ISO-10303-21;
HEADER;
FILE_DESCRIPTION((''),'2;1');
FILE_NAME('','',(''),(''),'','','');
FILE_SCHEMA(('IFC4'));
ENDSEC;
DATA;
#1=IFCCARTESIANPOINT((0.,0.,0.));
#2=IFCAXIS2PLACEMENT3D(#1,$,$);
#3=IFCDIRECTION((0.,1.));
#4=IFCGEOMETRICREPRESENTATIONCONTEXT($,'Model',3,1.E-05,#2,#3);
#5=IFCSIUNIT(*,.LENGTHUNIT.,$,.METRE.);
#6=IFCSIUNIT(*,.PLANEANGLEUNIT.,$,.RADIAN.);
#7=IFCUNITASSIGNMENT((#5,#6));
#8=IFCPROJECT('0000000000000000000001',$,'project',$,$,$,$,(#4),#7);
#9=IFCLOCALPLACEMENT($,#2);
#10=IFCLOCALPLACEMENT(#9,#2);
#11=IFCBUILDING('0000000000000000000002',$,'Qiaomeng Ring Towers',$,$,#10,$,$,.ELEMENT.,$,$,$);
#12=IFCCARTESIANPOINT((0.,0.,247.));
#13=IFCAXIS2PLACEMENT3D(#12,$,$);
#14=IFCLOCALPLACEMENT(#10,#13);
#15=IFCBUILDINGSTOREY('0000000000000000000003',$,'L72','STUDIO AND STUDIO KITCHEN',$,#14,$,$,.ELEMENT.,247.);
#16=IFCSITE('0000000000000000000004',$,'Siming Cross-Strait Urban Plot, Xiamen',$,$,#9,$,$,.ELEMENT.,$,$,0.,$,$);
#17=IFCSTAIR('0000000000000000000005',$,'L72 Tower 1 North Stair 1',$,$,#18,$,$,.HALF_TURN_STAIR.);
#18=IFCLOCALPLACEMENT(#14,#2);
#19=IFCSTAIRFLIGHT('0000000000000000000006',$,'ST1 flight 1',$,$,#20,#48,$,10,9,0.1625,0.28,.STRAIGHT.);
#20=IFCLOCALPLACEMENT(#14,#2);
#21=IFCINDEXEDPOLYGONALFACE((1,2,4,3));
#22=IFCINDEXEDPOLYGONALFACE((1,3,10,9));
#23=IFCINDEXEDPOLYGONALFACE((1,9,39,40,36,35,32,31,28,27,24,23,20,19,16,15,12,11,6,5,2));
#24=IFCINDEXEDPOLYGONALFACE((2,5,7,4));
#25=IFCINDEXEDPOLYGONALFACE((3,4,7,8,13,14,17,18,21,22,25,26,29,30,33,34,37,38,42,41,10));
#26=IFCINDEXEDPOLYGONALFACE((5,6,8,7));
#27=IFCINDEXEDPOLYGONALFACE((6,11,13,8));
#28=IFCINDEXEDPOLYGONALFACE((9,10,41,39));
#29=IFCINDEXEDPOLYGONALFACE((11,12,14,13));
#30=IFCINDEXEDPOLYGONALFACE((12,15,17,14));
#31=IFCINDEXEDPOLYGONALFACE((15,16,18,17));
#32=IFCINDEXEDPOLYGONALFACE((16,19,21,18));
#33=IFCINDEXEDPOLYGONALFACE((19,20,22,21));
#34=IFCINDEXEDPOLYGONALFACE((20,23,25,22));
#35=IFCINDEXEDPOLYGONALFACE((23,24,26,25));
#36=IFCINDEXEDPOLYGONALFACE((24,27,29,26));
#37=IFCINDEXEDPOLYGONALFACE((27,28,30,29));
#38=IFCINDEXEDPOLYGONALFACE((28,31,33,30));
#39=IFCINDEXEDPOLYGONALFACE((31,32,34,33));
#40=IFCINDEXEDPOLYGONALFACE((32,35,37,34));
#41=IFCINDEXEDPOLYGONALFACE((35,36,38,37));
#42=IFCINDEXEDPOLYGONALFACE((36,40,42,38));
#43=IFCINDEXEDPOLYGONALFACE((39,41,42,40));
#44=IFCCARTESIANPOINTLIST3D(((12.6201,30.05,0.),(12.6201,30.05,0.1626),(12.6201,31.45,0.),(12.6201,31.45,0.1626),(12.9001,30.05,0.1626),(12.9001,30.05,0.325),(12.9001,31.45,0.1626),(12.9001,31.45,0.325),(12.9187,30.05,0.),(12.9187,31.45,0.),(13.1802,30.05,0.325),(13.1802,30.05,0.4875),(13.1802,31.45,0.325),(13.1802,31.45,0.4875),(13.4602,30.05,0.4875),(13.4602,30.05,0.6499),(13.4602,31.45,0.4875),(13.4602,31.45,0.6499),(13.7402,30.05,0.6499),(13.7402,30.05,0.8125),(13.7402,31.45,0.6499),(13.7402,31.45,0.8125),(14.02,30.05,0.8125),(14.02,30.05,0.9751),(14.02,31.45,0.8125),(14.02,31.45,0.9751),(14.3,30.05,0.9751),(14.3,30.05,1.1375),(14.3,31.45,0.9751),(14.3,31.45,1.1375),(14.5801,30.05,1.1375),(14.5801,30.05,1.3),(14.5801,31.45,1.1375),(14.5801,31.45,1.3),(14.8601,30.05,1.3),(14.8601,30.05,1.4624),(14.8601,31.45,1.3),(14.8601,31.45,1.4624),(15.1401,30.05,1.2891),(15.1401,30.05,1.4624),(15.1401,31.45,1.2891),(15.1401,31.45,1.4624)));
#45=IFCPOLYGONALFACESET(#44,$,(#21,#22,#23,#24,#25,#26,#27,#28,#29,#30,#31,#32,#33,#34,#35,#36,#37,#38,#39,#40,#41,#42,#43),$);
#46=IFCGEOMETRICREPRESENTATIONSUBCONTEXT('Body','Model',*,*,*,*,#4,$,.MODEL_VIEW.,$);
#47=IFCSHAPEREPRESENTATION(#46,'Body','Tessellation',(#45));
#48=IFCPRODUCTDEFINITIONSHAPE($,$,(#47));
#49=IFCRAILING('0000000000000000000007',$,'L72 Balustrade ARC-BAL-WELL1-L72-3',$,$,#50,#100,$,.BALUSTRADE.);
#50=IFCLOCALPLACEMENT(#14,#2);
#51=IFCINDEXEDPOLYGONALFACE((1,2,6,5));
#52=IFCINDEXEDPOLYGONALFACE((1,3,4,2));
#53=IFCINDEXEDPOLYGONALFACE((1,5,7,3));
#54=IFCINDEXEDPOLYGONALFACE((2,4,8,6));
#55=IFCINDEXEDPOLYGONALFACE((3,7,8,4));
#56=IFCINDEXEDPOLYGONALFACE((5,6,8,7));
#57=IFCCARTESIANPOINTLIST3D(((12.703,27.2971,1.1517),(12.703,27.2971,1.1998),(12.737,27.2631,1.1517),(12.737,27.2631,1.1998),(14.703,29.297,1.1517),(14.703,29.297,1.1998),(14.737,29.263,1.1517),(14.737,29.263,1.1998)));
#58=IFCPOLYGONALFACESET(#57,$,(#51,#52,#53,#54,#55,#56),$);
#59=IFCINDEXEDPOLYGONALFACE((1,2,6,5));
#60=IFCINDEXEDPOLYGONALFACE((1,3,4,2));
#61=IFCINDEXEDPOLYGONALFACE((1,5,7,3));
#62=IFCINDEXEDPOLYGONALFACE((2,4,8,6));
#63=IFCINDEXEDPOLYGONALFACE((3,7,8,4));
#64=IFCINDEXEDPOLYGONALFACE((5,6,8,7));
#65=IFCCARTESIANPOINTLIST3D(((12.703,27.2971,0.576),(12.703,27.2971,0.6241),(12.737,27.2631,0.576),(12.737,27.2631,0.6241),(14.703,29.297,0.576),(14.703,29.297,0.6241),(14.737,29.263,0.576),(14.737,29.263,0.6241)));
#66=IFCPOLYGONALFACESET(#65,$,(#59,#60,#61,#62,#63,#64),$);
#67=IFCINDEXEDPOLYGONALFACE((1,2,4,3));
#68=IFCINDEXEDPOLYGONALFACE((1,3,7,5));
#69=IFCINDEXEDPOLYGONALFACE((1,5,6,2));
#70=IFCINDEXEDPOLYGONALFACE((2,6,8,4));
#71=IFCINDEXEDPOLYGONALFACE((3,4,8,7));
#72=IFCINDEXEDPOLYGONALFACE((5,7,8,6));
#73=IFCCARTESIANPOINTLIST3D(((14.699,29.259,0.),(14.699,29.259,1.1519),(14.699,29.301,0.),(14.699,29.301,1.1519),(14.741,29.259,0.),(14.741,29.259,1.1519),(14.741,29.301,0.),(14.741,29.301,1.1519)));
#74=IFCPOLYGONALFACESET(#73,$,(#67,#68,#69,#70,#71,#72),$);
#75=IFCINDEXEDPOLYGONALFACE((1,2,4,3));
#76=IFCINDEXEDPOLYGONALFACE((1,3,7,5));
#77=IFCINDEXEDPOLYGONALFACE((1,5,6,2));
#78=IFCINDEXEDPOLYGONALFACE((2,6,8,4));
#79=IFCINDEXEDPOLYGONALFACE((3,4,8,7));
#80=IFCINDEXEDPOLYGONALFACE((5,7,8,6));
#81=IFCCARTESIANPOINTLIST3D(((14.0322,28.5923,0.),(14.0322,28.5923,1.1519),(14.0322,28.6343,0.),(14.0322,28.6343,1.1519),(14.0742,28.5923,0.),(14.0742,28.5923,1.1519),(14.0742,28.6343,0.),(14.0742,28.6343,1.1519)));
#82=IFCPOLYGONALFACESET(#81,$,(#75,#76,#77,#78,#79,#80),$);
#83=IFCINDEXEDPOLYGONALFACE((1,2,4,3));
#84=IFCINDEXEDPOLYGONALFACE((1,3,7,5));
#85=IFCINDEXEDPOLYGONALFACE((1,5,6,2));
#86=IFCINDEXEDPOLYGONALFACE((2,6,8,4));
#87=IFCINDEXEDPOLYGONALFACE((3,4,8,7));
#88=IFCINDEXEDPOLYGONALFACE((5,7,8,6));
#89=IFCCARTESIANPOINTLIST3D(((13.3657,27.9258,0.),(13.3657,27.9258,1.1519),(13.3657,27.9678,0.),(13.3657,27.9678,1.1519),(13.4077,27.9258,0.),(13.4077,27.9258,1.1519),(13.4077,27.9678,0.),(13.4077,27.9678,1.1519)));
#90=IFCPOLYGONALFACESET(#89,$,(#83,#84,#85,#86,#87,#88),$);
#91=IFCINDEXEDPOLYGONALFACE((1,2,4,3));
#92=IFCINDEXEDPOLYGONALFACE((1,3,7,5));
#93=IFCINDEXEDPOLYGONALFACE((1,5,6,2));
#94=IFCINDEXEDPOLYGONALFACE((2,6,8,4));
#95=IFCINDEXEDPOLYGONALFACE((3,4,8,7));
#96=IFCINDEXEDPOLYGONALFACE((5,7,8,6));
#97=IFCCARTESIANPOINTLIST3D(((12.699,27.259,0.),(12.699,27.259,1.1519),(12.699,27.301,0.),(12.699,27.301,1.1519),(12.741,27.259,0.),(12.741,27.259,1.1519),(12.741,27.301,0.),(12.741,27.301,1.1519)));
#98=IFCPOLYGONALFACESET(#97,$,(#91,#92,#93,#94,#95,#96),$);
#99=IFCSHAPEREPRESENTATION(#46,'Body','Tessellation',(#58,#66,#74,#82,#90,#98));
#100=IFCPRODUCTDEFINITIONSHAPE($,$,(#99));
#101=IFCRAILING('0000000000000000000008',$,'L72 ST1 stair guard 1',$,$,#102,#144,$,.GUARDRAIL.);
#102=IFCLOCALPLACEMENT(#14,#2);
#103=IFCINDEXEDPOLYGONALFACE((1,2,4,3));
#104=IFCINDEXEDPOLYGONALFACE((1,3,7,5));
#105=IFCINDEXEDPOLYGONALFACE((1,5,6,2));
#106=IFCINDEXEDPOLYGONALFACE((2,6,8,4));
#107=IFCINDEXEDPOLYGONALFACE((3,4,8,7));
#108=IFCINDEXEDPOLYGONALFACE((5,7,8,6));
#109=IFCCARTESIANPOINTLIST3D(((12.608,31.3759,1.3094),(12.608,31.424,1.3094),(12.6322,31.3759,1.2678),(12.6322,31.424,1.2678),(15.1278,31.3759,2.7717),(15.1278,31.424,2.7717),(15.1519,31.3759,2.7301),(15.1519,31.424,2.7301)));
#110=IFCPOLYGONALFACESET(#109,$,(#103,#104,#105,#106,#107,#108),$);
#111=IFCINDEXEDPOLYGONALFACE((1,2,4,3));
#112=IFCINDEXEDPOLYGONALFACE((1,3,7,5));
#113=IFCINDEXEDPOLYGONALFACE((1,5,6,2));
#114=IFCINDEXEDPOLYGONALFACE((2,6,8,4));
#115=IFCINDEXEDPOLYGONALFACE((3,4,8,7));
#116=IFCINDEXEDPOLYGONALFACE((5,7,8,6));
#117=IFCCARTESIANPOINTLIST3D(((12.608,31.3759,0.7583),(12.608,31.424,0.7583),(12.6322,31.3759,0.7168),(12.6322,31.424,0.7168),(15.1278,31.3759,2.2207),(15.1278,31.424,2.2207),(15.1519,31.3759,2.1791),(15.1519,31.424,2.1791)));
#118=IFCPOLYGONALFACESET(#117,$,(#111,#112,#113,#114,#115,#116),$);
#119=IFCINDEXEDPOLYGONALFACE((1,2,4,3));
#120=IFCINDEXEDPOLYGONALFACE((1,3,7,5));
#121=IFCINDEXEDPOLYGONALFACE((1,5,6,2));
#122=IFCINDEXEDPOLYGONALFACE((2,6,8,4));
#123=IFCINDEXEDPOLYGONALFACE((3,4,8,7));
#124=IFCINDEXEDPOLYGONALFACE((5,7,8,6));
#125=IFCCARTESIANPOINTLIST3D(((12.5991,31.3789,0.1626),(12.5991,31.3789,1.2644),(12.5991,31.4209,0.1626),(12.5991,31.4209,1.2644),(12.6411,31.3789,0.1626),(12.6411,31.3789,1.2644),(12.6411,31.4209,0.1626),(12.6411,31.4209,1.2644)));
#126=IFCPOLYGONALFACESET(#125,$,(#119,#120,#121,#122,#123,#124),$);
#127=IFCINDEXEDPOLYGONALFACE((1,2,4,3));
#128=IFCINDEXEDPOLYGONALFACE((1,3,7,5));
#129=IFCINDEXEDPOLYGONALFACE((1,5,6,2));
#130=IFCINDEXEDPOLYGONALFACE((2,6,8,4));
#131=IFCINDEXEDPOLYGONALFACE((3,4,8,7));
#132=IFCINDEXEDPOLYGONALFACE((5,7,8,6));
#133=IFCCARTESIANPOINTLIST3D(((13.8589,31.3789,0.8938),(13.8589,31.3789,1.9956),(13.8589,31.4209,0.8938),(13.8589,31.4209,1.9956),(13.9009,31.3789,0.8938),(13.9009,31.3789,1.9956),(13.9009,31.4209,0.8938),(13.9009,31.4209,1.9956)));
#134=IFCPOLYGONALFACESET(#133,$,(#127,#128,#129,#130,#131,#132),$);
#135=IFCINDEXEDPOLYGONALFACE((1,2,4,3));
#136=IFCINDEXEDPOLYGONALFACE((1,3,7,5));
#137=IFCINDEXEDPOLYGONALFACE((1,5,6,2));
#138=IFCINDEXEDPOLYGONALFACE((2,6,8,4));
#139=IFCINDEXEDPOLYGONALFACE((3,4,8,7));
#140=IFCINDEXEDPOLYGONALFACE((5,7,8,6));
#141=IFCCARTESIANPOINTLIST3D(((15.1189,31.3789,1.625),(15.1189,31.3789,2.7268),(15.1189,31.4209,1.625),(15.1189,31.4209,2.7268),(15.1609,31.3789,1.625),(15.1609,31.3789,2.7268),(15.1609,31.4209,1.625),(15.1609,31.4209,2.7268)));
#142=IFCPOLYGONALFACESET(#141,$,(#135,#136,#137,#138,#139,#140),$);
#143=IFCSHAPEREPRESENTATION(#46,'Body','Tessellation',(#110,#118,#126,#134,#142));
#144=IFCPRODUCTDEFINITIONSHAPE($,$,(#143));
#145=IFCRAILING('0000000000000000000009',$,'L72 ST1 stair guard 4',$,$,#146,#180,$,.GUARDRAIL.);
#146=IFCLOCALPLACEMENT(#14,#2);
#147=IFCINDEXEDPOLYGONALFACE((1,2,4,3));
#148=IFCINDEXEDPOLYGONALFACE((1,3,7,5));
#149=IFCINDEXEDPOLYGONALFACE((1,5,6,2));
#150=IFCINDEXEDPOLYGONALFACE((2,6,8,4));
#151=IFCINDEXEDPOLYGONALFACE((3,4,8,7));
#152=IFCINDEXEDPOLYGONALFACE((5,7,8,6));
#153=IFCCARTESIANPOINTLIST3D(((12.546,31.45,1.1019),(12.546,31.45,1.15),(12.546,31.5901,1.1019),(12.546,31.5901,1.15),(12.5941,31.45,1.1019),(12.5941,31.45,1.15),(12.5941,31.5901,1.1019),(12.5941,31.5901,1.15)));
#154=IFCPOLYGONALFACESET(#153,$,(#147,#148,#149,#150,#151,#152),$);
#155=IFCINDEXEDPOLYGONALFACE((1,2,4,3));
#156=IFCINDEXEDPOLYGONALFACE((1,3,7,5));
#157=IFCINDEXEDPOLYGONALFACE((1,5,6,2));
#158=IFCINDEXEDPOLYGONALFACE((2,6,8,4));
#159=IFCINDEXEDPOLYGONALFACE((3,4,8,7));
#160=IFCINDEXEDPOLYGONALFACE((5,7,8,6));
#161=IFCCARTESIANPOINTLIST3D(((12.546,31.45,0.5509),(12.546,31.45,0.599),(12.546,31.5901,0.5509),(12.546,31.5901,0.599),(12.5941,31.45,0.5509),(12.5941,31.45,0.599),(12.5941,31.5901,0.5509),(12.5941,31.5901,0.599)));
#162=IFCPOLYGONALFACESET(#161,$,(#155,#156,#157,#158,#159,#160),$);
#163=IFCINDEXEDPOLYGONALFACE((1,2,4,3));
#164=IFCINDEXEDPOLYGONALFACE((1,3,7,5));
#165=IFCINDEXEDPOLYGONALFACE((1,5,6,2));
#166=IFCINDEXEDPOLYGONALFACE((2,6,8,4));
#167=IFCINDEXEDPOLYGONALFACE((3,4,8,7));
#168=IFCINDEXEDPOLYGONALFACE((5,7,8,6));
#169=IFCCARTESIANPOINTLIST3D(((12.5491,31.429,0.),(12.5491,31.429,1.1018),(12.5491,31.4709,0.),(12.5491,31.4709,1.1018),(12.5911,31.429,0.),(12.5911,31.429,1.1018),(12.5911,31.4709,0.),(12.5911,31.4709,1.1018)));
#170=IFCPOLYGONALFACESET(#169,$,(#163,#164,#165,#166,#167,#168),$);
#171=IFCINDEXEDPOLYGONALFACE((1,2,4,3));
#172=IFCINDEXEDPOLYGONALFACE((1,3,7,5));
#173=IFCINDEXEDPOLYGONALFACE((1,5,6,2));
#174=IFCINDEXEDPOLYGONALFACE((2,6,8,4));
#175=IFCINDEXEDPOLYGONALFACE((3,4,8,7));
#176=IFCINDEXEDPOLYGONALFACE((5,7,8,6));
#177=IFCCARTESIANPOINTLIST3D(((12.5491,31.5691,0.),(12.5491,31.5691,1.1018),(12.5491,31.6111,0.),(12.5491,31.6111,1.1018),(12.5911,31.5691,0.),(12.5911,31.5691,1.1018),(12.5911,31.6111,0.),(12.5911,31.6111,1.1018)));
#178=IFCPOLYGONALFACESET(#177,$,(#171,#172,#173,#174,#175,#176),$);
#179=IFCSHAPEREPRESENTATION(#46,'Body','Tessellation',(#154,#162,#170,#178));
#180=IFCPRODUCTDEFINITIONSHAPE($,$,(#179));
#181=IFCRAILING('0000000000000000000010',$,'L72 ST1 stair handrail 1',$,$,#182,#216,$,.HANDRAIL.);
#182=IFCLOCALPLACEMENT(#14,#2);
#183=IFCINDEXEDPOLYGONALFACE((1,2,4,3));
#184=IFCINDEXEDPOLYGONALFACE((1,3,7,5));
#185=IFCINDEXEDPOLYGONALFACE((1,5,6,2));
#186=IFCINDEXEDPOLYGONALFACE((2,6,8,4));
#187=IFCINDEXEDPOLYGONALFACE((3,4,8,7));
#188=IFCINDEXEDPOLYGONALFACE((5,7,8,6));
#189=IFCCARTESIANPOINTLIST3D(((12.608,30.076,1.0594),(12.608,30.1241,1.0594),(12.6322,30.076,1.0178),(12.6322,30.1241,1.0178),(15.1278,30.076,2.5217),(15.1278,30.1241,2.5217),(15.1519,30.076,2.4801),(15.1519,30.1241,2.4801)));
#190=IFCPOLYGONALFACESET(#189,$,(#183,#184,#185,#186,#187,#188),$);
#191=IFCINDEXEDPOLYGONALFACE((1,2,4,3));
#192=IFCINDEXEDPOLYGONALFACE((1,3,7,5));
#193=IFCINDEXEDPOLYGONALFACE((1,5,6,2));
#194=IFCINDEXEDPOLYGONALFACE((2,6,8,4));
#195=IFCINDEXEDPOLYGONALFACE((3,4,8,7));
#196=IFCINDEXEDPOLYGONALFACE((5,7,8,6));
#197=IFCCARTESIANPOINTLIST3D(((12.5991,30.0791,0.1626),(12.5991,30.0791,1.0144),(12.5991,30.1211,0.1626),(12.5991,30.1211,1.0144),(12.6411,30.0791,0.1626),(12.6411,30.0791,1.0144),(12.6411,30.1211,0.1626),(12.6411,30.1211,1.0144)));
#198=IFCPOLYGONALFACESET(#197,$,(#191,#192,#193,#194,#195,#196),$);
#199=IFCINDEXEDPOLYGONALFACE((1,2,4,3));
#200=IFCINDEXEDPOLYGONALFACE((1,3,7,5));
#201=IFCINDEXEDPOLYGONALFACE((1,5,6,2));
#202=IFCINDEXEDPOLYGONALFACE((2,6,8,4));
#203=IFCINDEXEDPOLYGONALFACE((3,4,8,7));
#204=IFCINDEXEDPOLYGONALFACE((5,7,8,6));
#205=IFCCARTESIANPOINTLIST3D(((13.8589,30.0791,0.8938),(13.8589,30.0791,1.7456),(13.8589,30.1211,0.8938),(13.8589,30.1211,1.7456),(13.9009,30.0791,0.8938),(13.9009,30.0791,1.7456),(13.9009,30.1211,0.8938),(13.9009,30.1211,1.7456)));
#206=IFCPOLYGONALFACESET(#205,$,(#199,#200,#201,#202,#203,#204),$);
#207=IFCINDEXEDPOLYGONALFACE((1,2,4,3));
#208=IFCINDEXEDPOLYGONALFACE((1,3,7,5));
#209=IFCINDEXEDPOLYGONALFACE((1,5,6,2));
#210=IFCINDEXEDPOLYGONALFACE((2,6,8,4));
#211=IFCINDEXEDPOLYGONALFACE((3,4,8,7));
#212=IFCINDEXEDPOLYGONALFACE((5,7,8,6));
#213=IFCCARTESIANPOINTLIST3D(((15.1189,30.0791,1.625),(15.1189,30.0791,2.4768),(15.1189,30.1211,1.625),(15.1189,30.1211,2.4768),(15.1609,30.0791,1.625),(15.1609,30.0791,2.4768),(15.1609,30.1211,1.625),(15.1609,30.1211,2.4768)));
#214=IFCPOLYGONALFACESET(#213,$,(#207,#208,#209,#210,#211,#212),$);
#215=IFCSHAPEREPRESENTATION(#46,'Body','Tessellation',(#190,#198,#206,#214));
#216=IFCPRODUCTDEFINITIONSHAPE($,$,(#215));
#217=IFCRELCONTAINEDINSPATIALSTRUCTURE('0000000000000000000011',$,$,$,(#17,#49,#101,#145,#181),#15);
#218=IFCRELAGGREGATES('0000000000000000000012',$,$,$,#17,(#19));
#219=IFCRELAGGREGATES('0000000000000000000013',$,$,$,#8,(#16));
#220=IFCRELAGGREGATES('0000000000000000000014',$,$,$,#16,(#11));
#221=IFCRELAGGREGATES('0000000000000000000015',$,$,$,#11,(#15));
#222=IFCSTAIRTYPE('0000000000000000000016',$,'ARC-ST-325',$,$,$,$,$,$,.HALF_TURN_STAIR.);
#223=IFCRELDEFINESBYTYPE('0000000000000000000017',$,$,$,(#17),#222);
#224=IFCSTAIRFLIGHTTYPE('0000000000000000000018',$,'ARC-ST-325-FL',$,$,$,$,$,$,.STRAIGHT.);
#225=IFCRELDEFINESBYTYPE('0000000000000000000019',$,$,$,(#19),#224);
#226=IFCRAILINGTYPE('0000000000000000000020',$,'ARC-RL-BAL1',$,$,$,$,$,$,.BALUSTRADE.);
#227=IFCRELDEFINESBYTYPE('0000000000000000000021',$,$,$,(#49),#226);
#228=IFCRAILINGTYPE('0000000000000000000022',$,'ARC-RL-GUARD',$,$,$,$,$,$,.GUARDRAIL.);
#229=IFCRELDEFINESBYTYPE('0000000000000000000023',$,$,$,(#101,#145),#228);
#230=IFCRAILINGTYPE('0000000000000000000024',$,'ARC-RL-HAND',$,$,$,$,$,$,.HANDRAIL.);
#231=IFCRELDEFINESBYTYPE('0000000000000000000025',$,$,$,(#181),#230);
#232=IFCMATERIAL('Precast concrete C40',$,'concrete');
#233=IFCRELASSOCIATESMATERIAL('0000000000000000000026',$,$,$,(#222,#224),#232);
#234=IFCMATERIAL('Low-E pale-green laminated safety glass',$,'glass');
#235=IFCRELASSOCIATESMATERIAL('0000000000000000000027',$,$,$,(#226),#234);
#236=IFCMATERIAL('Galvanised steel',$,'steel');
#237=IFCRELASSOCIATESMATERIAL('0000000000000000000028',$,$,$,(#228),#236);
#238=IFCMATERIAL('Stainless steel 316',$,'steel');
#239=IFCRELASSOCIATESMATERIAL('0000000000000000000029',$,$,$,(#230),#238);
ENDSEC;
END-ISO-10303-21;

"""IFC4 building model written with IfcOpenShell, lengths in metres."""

from ifc_helpers import new_model, si_unit, direction, frame, origin, origin_2d, place, context, subcontext, project, spatial, polyline, rectangle, outline, extrude, source, transform, mapped, material, type_object, element, aggregate, save


model = new_model("IFC4")

# Units and contexts
model_context = context("Model", 3, precision=1e-05, world=origin(), true_north=direction((0.0, 1.0)))
body_context = subcontext(model_context, "Body", "Model", "MODEL_VIEW")
ifc_project = project(units=[si_unit("LENGTHUNIT", "METRE"), si_unit("PLANEANGLEUNIT", "RADIAN")], contexts=[model_context])

# Site, building, storey
site_placement = place(None, origin())
site = spatial("IfcSite", under=ifc_project, at=site_placement, Name="Siming Cross-Strait Urban Plot, Xiamen", CompositionType="ELEMENT", RefElevation=0.0)
building_placement = place(site_placement, origin())
building = spatial("IfcBuilding", under=site, at=building_placement, Name="Qiaomeng Ring Towers", CompositionType="ELEMENT")
storey_placement = place(building_placement, frame((0.0, 0.0, 247.0)))
storey = spatial("IfcBuildingStorey", under=building, at=storey_placement, Name="L72", Description="STUDIO AND STUDIO KITCHEN", CompositionType="ELEMENT", Elevation=247.0)

# Shared definitions
ifc_material_1 = material(Name="Stainless steel 316", Category="steel")

# Stair, stair flight
ifc_material_2 = material(Name="Precast concrete C40", Category="concrete")
stair_type = type_object("IfcStairType", Name="ARC-ST-325", PredefinedType="HALF_TURN_STAIR", material=ifc_material_2)
stair_placement = place(storey_placement, origin())
stair = element("IfcStair", 1, at=stair_placement, inside=storey, type_object=stair_type, Name="L72 Tower 1 North Stair 1", PredefinedType="HALF_TURN_STAIR")
stair_flight_type = type_object("IfcStairFlightType", Name="ARC-ST-325-FL", PredefinedType="STRAIGHT", material=ifc_material_2)
shared_shape_1 = source(origin(), body_context, "Body", "SweptSolid", [
    extrude(outline(polyline([(0.0, 0.0), (0.0, 0.1626), (0.28, 0.1626), (0.28, 0.325), (0.5601, 0.325), (0.5601, 0.4875), (0.8401, 0.4875), (0.8401, 0.6499), (1.1201, 0.6499), (1.1201, 0.8125), (1.3999, 0.8125), (1.3999, 0.9751), (1.6799, 0.9751), (1.6799, 1.1375), (1.96, 1.1375), (1.96, 1.3), (2.24, 1.3), (2.24, 1.4624), (2.52, 1.4624), (2.52, 1.625), (2.52, 1.2891), (0.2986, 0.0), (0.0, 0.0)])), frame((0.0, 0.7, 0.0), z_axis=(0.0, -1.0, 0.0), x_axis=(1.0, 0.0, 0.0)), (0.0, 0.0, 1.0), 1.3999),
])
stair_flight_placement = place(storey_placement, frame((12.6201, 30.75, 0.0), z_axis=(0.0, 0.0, 1.0), x_axis=(1.0, 0.0, 0.0)))
stair_flight = element("IfcStairFlight", 2, at=stair_flight_placement, type_object=stair_flight_type, Name="ST1 flight 1", NumberOfRisers=10, NumberOfTreads=9, PredefinedType="STRAIGHT", RiserHeight=0.1625, TreadLength=0.28, context=body_context, shape_type="MappedRepresentation", body=[
    mapped(shared_shape_1, transform((0.0, 0.0, 0.0), x_axis=(1.0, 0.0, 0.0), y_axis=(0.0, 1.0, 0.0), z_axis=(0.0, 0.0, 1.0), scale=1.0)),
])
aggregate(stair, [stair_flight])

# Railings
ifc_material_3 = material(Name="Low-E pale-green laminated safety glass", Category="glass")
railing_type_1 = type_object("IfcRailingType", Name="ARC-RL-BAL1", PredefinedType="BALUSTRADE", material=ifc_material_3)
railing_1_placement = place(storey_placement, frame((14.72, 29.28, 0.0)))
element("IfcRailing", 3, at=railing_1_placement, inside=storey, type_object=railing_type_1, Name="L72 Balustrade ARC-BAL-WELL1-L72-3", PredefinedType="BALUSTRADE", context=body_context, shape_type="SweptSolid", body=[
    extrude(rectangle(XDim=0.0481, YDim=0.0481, at=origin_2d()), frame((0.0, 0.0, 1.1758), z_axis=(-0.707107, -0.707107, 0.0), x_axis=(0.707107, -0.707107, 0.0)), (0.0, 0.0, 1.0), 2.8284),
    extrude(rectangle(XDim=0.0481, YDim=0.0481, at=origin_2d()), frame((0.0, 0.0, 0.6001), z_axis=(-0.707107, -0.707107, 0.0), x_axis=(0.707107, -0.707107, 0.0)), (0.0, 0.0, 1.0), 2.8284),
    extrude(rectangle(XDim=0.042, YDim=0.042, at=origin_2d()), origin(), (0.0, 0.0, 1.0), 1.1519),
    extrude(rectangle(XDim=0.042, YDim=0.042, at=origin_2d()), frame((-0.6667, -0.6667, 0.0)), (0.0, 0.0, 1.0), 1.1519),
    extrude(rectangle(XDim=0.042, YDim=0.042, at=origin_2d()), frame((-1.3333, -1.3333, 0.0)), (0.0, 0.0, 1.0), 1.1519),
    extrude(rectangle(XDim=0.042, YDim=0.042, at=origin_2d()), frame((-2.0, -2.0, 0.0)), (0.0, 0.0, 1.0), 1.1519),
])
ifc_material_4 = material(Name="Galvanised steel", Category="steel")
railing_type_2 = type_object("IfcRailingType", Name="ARC-RL-GUARD", PredefinedType="GUARDRAIL", material=ifc_material_4)
railing_2_placement = place(storey_placement, frame((12.6201, 31.3999, 0.1626)))
element("IfcRailing", 4, at=railing_2_placement, inside=storey, type_object=railing_type_2, Name="L72 ST1 stair guard 1", PredefinedType="GUARDRAIL", context=body_context, shape_type="SweptSolid", body=[
    extrude(rectangle(XDim=0.0481, YDim=0.0481, at=origin_2d()), frame((0.0, 0.0, 1.126), z_axis=(0.864892, 0.0, 0.501958), x_axis=(0.0, 1.0, 0.0)), (0.0, 0.0, 1.0), 2.9133),
    extrude(rectangle(XDim=0.0481, YDim=0.0481, at=origin_2d()), frame((0.0, 0.0, 0.575), z_axis=(0.864892, 0.0, 0.501958), x_axis=(0.0, 1.0, 0.0)), (0.0, 0.0, 1.0), 2.9133),
    extrude(rectangle(XDim=0.042, YDim=0.042, at=origin_2d()), origin(), (0.0, 0.0, 1.0), 1.1018),
    extrude(rectangle(XDim=0.042, YDim=0.042, at=origin_2d()), frame((1.2598, 0.0, 0.7312)), (0.0, 0.0, 1.0), 1.1018),
    extrude(rectangle(XDim=0.042, YDim=0.042, at=origin_2d()), frame((2.5198, 0.0, 1.4624)), (0.0, 0.0, 1.0), 1.1018),
])
railing_3_placement = place(storey_placement, frame((12.5701, 31.45, 0.0)))
element("IfcRailing", 5, at=railing_3_placement, inside=storey, type_object=railing_type_2, Name="L72 ST1 stair guard 4", PredefinedType="GUARDRAIL", context=body_context, shape_type="SweptSolid", body=[
    extrude(rectangle(XDim=0.0481, YDim=0.0481, at=origin_2d()), frame((0.0, 0.0, 1.126), z_axis=(0.0, 1.0, 0.0), x_axis=(-1.0, 0.0, 0.0)), (0.0, 0.0, 1.0), 0.1401),
    extrude(rectangle(XDim=0.0481, YDim=0.0481, at=origin_2d()), frame((0.0, 0.0, 0.575), z_axis=(0.0, 1.0, 0.0), x_axis=(-1.0, 0.0, 0.0)), (0.0, 0.0, 1.0), 0.1401),
    extrude(rectangle(XDim=0.042, YDim=0.042, at=origin_2d()), origin(), (0.0, 0.0, 1.0), 1.1018),
    extrude(rectangle(XDim=0.042, YDim=0.042, at=origin_2d()), frame((0.0, 0.1401, 0.0)), (0.0, 0.0, 1.0), 1.1018),
])
railing_type_3 = type_object("IfcRailingType", Name="ARC-RL-HAND", PredefinedType="HANDRAIL", material=ifc_material_1)
railing_4_placement = place(storey_placement, frame((12.6201, 30.1001, 0.1626)))
element("IfcRailing", 6, at=railing_4_placement, inside=storey, type_object=railing_type_3, Name="L72 ST1 stair handrail 1", PredefinedType="HANDRAIL", context=body_context, shape_type="SweptSolid", body=[
    extrude(rectangle(XDim=0.0481, YDim=0.0481, at=origin_2d()), frame((0.0, 0.0, 0.876), z_axis=(0.864892, 0.0, 0.501958), x_axis=(0.0, 1.0, 0.0)), (0.0, 0.0, 1.0), 2.9133),
    extrude(rectangle(XDim=0.042, YDim=0.042, at=origin_2d()), origin(), (0.0, 0.0, 1.0), 0.8518),
    extrude(rectangle(XDim=0.042, YDim=0.042, at=origin_2d()), frame((1.2598, 0.0, 0.7312)), (0.0, 0.0, 1.0), 0.8518),
    extrude(rectangle(XDim=0.042, YDim=0.042, at=origin_2d()), frame((2.5198, 0.0, 1.4624)), (0.0, 0.0, 1.0), 0.8518),
])

save(model, "model.ifc")
